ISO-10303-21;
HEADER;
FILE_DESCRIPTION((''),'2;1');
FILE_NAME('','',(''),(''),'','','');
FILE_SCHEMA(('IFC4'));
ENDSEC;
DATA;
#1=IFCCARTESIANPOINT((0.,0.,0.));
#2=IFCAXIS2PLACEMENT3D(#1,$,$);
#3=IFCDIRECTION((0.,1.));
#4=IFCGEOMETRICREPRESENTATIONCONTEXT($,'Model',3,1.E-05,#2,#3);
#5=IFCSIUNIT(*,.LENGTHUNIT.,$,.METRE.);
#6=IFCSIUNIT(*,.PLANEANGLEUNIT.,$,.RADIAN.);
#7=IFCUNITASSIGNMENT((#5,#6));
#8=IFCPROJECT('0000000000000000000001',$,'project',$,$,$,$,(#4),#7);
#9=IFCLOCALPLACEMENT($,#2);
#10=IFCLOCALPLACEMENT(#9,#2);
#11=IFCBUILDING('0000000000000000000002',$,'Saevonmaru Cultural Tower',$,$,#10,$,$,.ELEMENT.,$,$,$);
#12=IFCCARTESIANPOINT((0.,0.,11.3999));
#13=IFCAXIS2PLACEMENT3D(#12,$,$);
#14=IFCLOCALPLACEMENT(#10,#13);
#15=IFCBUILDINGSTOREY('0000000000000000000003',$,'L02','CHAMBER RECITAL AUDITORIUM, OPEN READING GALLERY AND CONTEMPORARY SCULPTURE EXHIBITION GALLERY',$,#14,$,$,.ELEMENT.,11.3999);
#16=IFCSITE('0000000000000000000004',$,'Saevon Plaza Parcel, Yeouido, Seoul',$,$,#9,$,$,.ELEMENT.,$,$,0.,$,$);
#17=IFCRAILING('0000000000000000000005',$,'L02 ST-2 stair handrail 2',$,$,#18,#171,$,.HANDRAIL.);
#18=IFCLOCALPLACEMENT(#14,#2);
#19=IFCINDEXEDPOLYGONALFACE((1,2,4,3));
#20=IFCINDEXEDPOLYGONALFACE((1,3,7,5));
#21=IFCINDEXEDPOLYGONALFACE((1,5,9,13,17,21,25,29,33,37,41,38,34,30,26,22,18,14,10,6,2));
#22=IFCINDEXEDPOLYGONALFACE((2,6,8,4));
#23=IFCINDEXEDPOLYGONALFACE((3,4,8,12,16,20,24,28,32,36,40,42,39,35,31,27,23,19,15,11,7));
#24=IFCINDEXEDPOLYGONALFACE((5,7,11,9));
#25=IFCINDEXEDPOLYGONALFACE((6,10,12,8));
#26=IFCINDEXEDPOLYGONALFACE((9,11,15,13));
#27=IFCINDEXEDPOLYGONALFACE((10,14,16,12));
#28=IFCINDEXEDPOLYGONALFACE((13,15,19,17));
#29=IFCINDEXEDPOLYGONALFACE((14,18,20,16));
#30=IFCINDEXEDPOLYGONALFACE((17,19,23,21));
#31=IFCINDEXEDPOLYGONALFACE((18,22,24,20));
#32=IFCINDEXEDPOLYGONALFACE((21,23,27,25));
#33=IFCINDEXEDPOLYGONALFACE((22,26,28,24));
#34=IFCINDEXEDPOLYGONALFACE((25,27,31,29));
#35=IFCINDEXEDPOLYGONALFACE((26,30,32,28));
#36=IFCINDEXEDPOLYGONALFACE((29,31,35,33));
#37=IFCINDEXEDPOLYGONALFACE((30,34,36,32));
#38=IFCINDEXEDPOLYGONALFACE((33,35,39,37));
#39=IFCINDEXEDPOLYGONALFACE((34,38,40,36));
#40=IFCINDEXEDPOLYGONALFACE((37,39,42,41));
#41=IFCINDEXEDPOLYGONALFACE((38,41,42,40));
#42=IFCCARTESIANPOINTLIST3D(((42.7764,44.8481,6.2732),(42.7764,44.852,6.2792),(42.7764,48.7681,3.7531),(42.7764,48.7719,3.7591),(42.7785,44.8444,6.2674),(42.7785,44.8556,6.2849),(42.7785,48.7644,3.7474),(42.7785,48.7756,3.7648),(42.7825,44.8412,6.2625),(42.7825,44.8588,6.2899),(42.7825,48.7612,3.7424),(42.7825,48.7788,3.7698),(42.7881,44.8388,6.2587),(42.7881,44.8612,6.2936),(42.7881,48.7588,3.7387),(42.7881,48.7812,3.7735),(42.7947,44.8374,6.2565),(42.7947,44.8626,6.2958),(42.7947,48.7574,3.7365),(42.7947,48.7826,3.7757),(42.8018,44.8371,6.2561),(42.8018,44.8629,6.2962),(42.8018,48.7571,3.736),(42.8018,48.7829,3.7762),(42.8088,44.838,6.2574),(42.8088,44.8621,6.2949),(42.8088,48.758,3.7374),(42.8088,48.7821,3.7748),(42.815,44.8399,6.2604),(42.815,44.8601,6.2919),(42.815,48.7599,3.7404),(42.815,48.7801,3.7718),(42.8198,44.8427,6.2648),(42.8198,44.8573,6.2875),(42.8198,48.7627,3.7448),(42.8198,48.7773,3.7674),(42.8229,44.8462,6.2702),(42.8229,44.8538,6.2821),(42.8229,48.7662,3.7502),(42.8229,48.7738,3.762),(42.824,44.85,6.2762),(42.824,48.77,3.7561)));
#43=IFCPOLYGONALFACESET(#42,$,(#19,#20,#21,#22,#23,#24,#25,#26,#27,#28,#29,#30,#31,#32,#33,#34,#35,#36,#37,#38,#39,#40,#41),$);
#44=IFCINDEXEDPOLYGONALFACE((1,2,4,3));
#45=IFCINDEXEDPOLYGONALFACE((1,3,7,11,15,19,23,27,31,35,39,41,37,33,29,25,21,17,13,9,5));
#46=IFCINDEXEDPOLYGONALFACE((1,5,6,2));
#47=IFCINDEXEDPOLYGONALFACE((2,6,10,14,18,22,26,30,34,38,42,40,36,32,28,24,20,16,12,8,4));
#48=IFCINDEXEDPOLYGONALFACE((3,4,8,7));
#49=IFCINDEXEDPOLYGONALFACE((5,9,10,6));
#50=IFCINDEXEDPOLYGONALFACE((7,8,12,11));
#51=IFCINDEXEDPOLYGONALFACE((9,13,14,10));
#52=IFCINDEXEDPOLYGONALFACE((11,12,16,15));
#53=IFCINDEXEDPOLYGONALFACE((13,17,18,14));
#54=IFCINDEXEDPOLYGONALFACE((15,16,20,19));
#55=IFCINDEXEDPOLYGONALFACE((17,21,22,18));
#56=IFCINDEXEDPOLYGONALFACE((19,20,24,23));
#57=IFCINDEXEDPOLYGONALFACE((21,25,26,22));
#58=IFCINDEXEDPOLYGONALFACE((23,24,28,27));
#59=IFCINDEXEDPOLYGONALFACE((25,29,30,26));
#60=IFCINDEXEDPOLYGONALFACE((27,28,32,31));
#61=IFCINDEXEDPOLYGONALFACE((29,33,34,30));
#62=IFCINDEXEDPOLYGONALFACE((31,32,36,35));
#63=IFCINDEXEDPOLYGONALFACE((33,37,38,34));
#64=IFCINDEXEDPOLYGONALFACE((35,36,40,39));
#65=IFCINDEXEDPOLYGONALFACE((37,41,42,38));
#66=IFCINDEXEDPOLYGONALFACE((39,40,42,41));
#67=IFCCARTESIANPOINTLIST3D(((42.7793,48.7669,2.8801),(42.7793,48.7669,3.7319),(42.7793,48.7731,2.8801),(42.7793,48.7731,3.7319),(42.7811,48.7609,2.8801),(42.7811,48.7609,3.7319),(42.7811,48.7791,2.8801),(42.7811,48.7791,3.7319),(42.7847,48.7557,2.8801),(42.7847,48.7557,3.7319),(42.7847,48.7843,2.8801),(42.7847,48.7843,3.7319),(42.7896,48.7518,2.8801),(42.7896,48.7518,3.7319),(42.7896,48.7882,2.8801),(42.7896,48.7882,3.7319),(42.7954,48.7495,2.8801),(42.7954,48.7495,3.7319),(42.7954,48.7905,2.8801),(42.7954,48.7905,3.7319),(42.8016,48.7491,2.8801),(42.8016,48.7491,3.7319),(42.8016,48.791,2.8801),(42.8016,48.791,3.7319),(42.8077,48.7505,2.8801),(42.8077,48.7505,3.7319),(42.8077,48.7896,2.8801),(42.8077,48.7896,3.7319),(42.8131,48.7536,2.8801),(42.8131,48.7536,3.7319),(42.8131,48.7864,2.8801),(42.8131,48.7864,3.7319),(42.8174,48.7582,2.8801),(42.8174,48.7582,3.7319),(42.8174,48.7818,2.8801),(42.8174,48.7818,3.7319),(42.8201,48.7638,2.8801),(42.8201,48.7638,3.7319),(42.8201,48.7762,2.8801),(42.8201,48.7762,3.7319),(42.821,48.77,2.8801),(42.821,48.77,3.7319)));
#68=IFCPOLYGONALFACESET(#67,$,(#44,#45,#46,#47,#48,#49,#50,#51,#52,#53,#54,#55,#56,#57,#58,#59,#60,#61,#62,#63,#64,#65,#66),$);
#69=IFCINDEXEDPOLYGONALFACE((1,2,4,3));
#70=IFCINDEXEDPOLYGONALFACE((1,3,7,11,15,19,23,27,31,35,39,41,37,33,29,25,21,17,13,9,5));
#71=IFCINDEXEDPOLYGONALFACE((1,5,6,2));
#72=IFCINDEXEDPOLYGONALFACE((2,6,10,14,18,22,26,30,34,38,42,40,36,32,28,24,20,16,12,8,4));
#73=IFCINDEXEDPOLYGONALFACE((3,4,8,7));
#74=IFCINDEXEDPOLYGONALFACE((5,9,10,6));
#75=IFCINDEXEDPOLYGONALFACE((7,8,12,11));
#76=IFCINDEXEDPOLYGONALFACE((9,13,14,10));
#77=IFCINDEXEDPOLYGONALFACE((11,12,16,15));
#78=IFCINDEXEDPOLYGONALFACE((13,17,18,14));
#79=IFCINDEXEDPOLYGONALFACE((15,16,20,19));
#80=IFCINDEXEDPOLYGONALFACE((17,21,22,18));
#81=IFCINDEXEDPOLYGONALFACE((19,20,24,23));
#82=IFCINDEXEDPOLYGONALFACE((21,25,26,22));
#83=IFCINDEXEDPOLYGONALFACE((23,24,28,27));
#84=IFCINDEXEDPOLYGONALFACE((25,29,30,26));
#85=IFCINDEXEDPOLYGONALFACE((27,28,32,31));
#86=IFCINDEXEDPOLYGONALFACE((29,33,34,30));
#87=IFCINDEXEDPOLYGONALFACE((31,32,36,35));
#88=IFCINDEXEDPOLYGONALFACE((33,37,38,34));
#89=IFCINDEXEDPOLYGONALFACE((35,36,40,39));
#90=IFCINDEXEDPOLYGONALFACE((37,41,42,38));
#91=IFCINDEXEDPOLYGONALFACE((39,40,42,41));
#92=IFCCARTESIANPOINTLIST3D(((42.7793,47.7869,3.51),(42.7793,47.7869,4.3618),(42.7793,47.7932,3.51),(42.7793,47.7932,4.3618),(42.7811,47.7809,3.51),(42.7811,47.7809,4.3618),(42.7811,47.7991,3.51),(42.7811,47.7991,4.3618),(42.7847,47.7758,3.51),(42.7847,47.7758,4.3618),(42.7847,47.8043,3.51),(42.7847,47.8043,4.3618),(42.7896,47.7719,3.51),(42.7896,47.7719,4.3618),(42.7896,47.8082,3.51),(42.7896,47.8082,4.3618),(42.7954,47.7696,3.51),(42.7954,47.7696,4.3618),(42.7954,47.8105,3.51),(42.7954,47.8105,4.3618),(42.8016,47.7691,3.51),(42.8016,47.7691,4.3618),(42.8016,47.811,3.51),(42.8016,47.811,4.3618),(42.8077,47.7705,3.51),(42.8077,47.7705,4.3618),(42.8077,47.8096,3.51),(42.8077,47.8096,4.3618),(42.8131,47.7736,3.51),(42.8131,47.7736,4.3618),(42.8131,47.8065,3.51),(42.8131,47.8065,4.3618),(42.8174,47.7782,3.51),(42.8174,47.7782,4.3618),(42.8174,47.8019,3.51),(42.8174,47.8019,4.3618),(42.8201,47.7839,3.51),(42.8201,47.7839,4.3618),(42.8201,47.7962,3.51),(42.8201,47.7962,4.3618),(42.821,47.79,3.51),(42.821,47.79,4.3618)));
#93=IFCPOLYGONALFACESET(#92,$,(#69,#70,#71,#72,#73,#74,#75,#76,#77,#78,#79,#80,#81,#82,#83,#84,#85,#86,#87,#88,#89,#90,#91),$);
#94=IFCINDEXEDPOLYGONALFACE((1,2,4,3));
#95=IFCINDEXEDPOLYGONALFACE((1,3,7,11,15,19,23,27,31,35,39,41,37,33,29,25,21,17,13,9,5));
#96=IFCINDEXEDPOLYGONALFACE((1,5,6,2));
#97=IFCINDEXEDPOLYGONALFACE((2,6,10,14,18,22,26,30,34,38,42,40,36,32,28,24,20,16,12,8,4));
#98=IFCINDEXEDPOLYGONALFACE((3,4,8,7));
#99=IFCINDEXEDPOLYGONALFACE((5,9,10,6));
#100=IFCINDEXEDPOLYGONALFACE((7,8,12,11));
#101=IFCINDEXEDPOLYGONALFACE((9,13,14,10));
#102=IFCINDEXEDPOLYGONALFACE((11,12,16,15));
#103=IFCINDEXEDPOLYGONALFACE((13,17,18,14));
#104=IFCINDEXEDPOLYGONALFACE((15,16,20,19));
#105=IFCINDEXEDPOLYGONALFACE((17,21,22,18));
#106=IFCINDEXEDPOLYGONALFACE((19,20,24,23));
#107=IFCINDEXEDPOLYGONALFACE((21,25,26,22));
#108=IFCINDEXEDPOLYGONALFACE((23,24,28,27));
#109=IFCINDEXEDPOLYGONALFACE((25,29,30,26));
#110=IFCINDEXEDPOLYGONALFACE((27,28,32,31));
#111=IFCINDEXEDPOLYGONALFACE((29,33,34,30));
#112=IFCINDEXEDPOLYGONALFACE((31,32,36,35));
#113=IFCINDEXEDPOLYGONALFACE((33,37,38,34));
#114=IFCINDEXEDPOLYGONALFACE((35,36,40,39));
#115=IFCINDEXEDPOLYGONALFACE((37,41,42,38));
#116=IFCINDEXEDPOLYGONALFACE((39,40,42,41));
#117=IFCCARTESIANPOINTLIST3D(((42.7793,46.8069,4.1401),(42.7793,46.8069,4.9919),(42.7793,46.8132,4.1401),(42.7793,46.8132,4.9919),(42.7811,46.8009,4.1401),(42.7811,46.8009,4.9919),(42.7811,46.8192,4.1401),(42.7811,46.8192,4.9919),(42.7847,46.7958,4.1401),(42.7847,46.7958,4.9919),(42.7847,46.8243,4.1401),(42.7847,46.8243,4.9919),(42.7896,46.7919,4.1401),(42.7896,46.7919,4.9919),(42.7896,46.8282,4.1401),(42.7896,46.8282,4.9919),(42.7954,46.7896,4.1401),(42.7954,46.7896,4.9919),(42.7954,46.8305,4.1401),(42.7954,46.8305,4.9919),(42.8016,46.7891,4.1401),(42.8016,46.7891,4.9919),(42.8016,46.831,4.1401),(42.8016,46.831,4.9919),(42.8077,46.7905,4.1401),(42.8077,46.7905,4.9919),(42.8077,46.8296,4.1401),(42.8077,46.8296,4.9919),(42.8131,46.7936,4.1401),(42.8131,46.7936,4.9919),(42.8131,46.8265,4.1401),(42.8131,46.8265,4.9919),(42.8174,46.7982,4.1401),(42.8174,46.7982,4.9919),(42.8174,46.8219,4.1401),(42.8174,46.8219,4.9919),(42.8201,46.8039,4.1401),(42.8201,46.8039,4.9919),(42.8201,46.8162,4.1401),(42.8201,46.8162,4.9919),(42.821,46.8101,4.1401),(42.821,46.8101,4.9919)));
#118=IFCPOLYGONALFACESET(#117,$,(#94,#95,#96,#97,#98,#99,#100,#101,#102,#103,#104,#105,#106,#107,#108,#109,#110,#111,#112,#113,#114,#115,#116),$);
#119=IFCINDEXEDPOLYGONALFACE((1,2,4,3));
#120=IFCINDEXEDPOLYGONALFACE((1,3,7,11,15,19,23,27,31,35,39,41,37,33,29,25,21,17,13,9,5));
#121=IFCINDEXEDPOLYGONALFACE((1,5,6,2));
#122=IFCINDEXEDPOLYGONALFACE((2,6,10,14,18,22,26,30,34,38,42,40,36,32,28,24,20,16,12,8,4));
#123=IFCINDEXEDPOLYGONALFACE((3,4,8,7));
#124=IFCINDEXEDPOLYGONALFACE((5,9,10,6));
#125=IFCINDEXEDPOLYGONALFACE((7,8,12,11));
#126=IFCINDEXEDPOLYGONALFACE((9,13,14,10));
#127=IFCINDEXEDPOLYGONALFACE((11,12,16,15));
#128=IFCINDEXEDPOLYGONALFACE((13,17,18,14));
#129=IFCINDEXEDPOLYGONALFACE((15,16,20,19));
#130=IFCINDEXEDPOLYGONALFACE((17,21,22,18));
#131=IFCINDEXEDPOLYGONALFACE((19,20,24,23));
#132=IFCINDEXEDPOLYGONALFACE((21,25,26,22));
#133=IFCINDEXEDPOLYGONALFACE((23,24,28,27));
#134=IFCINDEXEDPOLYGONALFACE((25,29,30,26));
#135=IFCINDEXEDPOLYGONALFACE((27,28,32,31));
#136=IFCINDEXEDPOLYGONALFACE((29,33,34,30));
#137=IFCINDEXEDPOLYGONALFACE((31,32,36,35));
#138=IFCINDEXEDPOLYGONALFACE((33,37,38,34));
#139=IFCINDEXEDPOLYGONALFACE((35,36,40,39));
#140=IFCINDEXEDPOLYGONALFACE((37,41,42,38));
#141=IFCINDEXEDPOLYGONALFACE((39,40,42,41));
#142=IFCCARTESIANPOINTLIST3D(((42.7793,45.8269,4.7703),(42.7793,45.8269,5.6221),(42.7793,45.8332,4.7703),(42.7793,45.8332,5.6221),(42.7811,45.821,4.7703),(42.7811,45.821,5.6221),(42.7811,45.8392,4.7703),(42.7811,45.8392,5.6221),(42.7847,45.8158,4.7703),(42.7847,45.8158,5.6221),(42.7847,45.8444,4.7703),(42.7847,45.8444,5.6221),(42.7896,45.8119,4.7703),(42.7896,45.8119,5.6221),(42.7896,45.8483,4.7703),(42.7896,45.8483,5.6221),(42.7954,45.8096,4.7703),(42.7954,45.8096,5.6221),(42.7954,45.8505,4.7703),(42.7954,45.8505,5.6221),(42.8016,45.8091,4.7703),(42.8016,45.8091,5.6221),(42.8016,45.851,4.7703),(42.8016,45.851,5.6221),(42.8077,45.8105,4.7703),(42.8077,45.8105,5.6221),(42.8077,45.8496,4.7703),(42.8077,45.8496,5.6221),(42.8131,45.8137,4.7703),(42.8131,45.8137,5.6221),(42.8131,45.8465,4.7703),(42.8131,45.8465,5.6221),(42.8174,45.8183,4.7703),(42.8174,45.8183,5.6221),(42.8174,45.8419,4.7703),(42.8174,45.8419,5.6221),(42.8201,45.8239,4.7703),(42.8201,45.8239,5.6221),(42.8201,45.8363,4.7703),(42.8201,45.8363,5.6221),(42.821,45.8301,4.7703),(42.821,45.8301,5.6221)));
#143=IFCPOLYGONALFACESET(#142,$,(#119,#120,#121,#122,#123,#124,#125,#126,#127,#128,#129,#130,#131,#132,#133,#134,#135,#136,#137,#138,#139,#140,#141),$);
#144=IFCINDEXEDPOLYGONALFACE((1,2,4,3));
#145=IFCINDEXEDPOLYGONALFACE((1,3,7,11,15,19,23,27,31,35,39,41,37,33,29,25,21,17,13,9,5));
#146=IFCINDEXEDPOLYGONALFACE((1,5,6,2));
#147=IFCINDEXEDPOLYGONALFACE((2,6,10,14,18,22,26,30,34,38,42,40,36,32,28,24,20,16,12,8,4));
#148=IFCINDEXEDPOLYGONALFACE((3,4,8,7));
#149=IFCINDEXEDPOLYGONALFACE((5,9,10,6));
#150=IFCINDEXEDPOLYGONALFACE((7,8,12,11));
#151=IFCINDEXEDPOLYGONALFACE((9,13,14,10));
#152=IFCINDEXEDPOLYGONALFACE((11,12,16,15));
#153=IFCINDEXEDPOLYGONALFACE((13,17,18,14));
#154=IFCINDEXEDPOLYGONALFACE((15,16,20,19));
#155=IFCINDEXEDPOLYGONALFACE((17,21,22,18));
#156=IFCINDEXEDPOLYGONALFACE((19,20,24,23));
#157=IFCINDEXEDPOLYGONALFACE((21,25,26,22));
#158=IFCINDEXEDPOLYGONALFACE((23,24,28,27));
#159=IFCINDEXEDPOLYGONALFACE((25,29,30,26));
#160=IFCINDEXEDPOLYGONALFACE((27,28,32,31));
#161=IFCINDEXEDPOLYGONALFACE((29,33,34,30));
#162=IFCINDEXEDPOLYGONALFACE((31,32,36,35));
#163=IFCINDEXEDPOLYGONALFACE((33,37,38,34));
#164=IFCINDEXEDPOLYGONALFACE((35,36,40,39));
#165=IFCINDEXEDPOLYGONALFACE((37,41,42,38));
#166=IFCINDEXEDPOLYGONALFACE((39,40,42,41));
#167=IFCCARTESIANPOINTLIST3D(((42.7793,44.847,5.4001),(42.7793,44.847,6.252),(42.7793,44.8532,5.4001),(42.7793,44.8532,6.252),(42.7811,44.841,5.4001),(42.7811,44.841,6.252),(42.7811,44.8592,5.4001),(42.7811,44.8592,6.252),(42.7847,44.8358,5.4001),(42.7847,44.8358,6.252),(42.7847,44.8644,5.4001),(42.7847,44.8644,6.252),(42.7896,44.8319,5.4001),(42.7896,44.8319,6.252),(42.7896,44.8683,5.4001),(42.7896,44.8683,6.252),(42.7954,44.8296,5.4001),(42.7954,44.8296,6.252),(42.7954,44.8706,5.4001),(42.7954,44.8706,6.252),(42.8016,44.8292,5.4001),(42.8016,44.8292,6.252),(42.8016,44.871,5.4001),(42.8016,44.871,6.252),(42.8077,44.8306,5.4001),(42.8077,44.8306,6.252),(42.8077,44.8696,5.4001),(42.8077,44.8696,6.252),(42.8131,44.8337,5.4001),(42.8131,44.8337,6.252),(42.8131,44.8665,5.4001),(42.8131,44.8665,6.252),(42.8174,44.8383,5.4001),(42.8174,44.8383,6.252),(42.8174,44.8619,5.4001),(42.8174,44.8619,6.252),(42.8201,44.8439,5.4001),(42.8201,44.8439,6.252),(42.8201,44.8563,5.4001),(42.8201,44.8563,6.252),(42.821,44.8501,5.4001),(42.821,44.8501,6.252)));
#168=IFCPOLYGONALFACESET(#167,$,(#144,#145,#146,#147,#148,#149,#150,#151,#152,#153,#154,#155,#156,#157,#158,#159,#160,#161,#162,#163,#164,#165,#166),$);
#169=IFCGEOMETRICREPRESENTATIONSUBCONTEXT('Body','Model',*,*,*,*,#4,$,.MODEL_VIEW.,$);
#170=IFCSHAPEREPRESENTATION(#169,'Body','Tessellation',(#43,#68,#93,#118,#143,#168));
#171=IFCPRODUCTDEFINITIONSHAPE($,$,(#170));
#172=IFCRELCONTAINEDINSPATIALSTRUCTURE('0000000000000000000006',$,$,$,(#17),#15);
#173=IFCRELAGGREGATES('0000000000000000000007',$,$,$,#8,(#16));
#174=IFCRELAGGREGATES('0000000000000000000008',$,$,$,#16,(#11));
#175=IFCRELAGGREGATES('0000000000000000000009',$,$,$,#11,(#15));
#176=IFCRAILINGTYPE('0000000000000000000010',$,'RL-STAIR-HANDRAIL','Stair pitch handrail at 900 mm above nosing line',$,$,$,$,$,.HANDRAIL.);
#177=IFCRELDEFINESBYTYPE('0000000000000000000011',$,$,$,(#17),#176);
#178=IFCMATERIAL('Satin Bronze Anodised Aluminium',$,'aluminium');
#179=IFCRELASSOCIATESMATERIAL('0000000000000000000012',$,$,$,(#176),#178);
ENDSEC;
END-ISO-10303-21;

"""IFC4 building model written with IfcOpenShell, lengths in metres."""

from ifc_helpers import new_model, si_unit, direction, frame, origin, origin_2d, place, context, subcontext, project, spatial, circle, extrude, material, type_object, element, save


model = new_model("IFC4")

# Units and contexts
model_context = context("Model", 3, precision=1e-05, world=origin(), true_north=direction((0.0, 1.0)))
body_context = subcontext(model_context, "Body", "Model", "MODEL_VIEW")
ifc_project = project(units=[si_unit("LENGTHUNIT", "METRE"), si_unit("PLANEANGLEUNIT", "RADIAN")], contexts=[model_context])

# Site, building, storey
site_placement = place(None, origin())
site = spatial("IfcSite", under=ifc_project, at=site_placement, Name="Saevon Plaza Parcel, Yeouido, Seoul", CompositionType="ELEMENT", RefElevation=0.0)
building_placement = place(site_placement, origin())
building = spatial("IfcBuilding", under=site, at=building_placement, Name="Saevonmaru Cultural Tower", CompositionType="ELEMENT")
storey_placement = place(building_placement, frame((0.0, 0.0, 11.3999)))
storey = spatial("IfcBuildingStorey", under=building, at=storey_placement, Name="L02", Description="CHAMBER RECITAL AUDITORIUM, OPEN READING GALLERY AND CONTEMPORARY SCULPTURE EXHIBITION GALLERY", CompositionType="ELEMENT", Elevation=11.3999)

# Shared definitions
ifc_material_1 = material(Name="Satin Bronze Anodised Aluminium", Category="aluminium")

# Railing
railing_type_1 = type_object("IfcRailingType", Name="RL-STAIR-HANDRAIL", Description="Stair pitch handrail at 900 mm above nosing line", PredefinedType="HANDRAIL", material=ifc_material_1)
railing_1_placement = place(storey_placement, frame((42.8, 48.77, 2.8801)))
element("IfcRailing", 1, at=railing_1_placement, inside=storey, type_object=railing_type_1, Name="L02 ST-2 stair handrail 2", PredefinedType="HANDRAIL", context=body_context, shape_type="SweptSolid", body=[
    extrude(circle(Radius=0.0239, at=origin_2d()), frame((0.0, 0.0, 0.876), z_axis=(0.0, -0.841172, 0.540768), x_axis=(1.0, 0.0, 0.0)), (0.0, 0.0, 1.0), 4.6602),
    extrude(circle(Radius=0.021, at=origin_2d()), origin(), (0.0, 0.0, 1.0), 0.8518),
    extrude(circle(Radius=0.021, at=origin_2d()), frame((0.0, -0.98, 0.6299)), (0.0, 0.0, 1.0), 0.8518),
    extrude(circle(Radius=0.021, at=origin_2d()), frame((0.0, -1.96, 1.26)), (0.0, 0.0, 1.0), 0.8518),
    extrude(circle(Radius=0.021, at=origin_2d()), frame((0.0, -2.9399, 1.8901)), (0.0, 0.0, 1.0), 0.8518),
    extrude(circle(Radius=0.021, at=origin_2d()), frame((0.0, -3.9199, 2.52)), (0.0, 0.0, 1.0), 0.8518),
])

save(model, "model.ifc")
